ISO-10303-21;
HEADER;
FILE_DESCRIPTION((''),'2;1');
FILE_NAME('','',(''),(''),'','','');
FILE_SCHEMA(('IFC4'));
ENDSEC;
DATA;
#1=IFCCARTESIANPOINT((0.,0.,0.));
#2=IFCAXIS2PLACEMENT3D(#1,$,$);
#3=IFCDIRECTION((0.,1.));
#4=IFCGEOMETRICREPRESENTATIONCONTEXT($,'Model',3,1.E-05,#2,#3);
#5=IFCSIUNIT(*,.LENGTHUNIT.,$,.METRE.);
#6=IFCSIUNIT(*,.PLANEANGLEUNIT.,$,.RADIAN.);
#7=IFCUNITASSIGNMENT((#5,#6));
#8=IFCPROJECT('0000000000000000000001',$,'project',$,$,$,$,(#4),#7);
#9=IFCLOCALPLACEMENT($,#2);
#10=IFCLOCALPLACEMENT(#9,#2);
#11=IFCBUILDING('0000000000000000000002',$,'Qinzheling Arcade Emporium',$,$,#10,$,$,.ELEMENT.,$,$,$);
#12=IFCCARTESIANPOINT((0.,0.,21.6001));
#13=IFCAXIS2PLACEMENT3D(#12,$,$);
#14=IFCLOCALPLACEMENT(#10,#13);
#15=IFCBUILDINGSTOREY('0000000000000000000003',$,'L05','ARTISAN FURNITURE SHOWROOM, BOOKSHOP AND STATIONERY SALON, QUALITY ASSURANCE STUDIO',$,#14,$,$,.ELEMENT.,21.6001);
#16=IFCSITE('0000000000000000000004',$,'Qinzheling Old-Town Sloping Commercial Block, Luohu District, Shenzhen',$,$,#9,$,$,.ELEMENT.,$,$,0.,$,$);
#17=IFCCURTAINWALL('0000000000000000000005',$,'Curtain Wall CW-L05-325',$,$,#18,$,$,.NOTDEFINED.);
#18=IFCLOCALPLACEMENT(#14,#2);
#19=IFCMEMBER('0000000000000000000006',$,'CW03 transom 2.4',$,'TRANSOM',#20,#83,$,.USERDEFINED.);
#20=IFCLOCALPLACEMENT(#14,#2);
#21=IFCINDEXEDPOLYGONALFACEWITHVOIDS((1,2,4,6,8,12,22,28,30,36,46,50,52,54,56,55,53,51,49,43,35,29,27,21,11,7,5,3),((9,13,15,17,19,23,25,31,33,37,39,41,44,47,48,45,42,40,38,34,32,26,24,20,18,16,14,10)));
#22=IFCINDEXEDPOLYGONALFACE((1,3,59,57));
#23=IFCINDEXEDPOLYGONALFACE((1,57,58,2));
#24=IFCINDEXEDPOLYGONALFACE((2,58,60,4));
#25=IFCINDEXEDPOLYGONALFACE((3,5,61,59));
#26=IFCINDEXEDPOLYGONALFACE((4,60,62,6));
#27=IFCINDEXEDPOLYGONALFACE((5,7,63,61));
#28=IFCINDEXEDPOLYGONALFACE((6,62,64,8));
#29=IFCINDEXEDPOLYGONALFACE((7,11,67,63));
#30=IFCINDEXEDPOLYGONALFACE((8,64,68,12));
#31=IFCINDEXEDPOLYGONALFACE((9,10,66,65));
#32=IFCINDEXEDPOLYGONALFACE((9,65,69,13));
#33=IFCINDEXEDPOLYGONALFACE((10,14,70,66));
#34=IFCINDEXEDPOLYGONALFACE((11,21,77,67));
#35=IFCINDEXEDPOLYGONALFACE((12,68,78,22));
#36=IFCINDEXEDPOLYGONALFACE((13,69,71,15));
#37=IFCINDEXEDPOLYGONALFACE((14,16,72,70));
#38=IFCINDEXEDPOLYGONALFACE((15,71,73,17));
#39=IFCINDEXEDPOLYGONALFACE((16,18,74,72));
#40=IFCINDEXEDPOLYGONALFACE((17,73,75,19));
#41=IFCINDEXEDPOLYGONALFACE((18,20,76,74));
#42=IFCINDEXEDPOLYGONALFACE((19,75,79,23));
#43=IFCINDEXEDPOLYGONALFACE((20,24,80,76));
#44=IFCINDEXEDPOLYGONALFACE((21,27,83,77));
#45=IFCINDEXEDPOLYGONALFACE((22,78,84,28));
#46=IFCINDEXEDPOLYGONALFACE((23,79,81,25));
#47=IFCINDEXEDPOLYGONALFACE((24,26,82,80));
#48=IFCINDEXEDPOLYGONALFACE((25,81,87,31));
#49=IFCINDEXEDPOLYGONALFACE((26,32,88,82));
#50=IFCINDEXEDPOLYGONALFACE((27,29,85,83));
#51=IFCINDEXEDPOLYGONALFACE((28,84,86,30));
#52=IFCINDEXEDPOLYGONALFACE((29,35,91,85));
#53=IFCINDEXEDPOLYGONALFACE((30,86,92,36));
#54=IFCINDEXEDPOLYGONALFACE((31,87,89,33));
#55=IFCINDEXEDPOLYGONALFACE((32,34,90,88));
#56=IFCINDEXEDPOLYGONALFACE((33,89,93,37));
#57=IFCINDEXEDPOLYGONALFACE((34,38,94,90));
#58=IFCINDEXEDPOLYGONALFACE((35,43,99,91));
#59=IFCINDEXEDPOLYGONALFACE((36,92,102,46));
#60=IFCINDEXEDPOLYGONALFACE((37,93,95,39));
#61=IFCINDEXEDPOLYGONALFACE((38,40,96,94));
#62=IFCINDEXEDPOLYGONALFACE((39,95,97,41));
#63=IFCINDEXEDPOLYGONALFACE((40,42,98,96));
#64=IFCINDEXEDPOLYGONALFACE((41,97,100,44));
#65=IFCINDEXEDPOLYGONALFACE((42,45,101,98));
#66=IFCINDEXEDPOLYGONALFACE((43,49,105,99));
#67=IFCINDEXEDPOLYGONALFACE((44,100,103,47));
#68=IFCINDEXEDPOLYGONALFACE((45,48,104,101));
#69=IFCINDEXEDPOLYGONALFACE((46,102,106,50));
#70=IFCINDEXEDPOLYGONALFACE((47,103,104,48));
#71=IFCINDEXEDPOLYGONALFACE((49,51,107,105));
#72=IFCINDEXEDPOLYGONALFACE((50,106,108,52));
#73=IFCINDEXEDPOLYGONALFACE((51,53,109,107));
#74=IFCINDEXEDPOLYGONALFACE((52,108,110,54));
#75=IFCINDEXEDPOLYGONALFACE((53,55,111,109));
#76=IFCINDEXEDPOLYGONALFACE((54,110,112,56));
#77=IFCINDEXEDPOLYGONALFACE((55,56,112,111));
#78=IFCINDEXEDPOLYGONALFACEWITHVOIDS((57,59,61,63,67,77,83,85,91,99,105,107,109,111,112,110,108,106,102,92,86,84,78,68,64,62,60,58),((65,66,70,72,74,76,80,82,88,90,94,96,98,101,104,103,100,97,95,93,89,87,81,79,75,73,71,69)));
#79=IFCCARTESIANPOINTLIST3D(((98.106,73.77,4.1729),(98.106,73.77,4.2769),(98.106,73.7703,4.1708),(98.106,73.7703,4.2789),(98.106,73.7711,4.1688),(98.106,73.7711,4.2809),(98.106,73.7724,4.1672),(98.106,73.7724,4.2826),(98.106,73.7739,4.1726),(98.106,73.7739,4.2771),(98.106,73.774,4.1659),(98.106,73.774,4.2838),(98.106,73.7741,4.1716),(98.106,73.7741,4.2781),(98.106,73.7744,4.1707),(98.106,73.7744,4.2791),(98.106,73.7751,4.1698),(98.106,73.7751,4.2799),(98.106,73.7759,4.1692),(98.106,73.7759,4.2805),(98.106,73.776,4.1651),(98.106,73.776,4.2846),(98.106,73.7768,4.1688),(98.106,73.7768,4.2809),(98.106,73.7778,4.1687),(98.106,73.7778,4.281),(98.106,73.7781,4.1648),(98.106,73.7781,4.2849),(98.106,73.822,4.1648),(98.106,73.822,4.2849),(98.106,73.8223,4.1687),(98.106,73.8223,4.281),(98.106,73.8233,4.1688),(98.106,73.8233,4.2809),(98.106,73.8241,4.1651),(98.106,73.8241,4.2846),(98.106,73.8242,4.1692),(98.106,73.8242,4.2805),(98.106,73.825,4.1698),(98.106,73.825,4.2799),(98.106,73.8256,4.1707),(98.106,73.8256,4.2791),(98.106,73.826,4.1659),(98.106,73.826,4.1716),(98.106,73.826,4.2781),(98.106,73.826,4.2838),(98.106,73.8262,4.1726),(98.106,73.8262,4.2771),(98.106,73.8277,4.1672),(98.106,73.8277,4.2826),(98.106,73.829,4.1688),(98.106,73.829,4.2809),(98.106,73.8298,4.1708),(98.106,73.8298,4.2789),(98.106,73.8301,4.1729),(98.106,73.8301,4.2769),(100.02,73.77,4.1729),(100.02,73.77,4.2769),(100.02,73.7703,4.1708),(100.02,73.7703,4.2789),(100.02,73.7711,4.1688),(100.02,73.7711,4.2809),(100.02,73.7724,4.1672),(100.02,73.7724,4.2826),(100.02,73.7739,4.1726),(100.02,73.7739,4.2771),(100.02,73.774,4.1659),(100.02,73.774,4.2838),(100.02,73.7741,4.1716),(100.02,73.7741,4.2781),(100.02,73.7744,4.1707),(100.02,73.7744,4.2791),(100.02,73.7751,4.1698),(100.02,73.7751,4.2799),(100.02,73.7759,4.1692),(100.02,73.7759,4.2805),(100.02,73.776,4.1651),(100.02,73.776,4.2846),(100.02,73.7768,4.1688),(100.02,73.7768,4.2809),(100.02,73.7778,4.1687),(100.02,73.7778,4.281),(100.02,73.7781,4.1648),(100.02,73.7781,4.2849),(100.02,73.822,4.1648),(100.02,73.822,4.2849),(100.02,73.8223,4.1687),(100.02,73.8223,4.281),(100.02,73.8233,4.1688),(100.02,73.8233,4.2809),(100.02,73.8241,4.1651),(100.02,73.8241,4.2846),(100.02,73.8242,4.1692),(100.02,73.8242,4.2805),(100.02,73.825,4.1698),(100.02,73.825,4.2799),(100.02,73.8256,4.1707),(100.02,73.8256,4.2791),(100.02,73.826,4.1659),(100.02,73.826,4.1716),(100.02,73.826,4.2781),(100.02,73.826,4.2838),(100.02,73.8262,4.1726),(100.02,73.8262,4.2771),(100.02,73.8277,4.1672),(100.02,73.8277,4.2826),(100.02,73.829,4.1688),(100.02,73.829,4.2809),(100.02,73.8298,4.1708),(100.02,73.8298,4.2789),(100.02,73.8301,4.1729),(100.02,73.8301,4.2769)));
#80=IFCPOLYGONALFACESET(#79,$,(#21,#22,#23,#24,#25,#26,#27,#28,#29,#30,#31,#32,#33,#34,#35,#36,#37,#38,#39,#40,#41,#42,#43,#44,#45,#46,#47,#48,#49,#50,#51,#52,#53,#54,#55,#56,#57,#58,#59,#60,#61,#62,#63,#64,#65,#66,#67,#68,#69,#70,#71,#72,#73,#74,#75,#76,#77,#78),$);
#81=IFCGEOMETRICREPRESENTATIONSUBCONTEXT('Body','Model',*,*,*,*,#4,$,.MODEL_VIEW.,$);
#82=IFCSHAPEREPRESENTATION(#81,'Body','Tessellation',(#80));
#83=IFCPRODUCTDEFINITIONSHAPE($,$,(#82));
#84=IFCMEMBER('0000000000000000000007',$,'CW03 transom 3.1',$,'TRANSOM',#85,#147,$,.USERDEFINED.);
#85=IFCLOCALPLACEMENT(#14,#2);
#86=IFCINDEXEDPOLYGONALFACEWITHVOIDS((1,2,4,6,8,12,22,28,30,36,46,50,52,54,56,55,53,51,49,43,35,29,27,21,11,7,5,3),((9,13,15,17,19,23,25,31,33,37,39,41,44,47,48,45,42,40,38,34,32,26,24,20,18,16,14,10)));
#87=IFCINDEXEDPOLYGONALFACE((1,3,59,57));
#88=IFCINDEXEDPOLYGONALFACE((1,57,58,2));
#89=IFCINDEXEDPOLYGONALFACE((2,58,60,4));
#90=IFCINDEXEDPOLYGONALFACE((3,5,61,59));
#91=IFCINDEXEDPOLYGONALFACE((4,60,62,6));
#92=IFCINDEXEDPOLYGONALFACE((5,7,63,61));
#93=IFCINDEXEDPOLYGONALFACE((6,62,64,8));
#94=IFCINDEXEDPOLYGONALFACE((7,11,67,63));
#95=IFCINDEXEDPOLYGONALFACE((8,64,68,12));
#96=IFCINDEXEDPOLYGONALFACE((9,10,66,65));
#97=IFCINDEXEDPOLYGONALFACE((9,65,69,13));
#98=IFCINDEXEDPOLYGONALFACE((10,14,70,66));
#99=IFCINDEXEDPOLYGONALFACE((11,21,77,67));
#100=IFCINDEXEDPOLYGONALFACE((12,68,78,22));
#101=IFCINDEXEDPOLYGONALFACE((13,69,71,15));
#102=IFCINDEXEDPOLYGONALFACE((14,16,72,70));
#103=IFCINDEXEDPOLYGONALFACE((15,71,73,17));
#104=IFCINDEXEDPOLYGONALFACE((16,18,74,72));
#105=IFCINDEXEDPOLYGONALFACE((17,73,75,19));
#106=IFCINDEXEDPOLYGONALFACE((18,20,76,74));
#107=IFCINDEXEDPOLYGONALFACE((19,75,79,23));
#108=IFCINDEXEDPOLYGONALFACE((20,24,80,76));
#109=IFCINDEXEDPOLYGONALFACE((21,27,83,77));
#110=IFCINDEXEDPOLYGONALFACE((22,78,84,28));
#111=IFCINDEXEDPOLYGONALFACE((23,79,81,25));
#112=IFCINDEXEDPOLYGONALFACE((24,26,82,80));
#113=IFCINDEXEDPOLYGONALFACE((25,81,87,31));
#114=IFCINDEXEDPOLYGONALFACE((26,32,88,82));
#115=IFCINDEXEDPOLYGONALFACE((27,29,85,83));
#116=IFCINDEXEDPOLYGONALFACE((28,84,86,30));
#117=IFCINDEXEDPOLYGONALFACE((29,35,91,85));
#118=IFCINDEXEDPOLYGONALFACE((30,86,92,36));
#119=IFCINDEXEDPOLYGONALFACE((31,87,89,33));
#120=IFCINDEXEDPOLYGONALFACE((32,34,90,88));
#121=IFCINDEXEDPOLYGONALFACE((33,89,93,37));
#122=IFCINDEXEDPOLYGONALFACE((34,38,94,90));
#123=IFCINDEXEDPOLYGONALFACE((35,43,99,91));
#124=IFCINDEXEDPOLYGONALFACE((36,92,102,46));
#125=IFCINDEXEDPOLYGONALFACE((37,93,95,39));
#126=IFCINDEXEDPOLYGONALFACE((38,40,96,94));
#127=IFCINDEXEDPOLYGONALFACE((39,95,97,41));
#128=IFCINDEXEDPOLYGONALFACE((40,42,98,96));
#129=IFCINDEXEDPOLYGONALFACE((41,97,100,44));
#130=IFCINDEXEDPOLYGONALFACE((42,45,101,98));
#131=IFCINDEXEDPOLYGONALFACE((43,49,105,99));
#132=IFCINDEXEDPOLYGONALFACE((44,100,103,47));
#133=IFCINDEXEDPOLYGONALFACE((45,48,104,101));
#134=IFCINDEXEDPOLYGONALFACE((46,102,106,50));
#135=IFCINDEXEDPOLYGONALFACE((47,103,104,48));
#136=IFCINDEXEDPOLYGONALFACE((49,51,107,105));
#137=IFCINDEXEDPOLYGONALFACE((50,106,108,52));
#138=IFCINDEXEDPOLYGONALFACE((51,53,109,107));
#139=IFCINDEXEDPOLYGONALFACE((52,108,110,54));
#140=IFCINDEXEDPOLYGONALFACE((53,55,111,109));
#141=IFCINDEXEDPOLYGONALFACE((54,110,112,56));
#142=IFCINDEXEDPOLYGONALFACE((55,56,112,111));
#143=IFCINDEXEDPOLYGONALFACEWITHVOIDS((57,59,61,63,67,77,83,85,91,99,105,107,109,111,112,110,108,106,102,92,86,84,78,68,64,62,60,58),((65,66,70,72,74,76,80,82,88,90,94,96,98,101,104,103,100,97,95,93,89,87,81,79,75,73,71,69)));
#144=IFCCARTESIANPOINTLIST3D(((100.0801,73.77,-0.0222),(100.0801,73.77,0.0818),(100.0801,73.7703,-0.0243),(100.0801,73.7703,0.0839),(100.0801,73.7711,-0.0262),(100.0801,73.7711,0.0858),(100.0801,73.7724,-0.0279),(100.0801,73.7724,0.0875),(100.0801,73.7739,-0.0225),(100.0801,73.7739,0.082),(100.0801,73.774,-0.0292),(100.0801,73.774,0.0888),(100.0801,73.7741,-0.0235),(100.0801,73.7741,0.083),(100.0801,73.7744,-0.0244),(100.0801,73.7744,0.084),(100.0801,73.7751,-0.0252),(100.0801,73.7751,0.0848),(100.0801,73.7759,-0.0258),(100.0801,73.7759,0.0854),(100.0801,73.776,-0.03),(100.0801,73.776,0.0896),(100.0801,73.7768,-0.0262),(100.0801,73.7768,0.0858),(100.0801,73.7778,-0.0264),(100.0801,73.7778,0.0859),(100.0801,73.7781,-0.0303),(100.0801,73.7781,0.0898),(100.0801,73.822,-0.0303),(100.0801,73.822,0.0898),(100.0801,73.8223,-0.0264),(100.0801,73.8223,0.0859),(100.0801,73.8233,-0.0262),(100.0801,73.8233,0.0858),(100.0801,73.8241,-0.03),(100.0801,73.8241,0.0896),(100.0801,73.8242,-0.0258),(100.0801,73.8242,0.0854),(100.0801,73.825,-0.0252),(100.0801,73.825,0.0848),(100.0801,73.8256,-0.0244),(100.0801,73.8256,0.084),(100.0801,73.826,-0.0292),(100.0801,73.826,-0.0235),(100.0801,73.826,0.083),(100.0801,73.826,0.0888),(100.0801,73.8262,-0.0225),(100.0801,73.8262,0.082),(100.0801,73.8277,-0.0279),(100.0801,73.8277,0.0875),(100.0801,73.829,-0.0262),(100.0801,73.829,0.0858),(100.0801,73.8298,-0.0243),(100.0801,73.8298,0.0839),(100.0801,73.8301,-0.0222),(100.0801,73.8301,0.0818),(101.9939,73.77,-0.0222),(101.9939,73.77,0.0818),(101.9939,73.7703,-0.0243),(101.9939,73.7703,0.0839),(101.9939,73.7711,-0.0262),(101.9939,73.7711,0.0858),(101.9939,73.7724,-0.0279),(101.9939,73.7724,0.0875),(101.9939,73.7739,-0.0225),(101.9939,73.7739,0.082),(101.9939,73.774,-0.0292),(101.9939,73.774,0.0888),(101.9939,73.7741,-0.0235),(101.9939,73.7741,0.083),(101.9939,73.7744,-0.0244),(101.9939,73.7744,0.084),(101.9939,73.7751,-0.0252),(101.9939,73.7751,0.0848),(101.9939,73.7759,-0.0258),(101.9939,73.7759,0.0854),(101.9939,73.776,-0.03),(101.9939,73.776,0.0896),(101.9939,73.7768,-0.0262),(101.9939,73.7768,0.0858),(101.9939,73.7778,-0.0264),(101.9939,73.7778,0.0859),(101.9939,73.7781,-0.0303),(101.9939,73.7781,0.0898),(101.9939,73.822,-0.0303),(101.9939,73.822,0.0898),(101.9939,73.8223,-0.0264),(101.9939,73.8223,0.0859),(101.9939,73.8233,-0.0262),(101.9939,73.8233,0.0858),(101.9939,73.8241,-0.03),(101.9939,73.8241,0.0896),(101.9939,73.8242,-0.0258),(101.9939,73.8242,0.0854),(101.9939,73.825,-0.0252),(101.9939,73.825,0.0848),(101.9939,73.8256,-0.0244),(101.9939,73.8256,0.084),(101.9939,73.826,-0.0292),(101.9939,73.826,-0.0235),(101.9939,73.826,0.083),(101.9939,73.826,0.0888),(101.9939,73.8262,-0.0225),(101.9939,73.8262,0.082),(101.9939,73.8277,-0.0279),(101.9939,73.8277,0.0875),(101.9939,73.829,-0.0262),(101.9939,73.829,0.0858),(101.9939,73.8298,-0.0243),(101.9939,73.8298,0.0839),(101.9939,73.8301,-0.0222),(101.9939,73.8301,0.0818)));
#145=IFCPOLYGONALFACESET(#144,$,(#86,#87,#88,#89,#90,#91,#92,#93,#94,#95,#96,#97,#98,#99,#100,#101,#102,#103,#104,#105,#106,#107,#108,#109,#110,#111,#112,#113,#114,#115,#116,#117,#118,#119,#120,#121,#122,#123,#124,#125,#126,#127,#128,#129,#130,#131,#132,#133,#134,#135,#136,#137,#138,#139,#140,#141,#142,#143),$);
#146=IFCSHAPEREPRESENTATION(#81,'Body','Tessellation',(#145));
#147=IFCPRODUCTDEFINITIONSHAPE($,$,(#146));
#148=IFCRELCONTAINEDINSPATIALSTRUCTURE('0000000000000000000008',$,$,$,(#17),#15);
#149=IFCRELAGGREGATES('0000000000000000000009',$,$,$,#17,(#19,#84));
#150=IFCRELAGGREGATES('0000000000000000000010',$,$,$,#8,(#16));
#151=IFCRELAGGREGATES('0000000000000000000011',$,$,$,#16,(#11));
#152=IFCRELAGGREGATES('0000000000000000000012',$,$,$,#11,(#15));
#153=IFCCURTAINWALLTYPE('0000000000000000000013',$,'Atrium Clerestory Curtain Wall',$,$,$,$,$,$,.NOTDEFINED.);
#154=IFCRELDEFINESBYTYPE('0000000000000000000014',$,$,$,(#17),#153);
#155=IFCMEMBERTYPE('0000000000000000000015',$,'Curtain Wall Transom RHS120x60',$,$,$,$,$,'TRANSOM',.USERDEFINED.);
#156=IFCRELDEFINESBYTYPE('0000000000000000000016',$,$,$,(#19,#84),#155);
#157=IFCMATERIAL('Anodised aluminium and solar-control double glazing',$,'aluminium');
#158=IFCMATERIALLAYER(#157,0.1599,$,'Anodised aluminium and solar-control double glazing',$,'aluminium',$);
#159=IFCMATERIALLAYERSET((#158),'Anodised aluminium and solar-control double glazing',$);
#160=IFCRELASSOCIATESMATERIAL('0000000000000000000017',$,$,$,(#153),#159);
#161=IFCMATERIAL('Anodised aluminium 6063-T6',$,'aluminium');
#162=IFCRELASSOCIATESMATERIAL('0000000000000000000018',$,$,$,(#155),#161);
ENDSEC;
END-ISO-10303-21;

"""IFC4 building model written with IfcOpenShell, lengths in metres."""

from ifc_helpers import new_model, si_unit, direction, frame, origin, origin_2d, place, context, subcontext, project, spatial, hollow_rectangle, extrude, material, layer, layer_set, material_profile, profile_set, type_object, element, aggregate, save


model = new_model("IFC4")

# Units and contexts
model_context = context("Model", 3, precision=1e-05, world=origin(), true_north=direction((0.0, 1.0)))
body_context = subcontext(model_context, "Body", "Model", "MODEL_VIEW")
ifc_project = project(units=[si_unit("LENGTHUNIT", "METRE"), si_unit("PLANEANGLEUNIT", "RADIAN")], contexts=[model_context])

# Site, building, storey
site_placement = place(None, origin())
site = spatial("IfcSite", under=ifc_project, at=site_placement, Name="Qinzheling Old-Town Sloping Commercial Block, Luohu District, Shenzhen", CompositionType="ELEMENT", RefElevation=0.0)
building_placement = place(site_placement, origin())
building = spatial("IfcBuilding", under=site, at=building_placement, Name="Qinzheling Arcade Emporium", CompositionType="ELEMENT")
storey_placement = place(building_placement, frame((0.0, 0.0, 21.6001)))
storey = spatial("IfcBuildingStorey", under=building, at=storey_placement, Name="L05", Description="ARTISAN FURNITURE SHOWROOM, BOOKSHOP AND STATIONERY SALON, QUALITY ASSURANCE STUDIO", CompositionType="ELEMENT", Elevation=21.6001)

# Shared definitions
ifc_material_1 = material(Name="Anodised aluminium and solar-control double glazing", Category="aluminium")
ifc_layer_1 = layer(ifc_material_1, 0.1599, Name="Anodised aluminium and solar-control double glazing", Category="aluminium")
ifc_layer_set_1 = layer_set([ifc_layer_1], Name="Anodised aluminium and solar-control double glazing")
curtain_wall_type = type_object("IfcCurtainWallType", Name="Atrium Clerestory Curtain Wall", PredefinedType="NOTDEFINED", material=ifc_layer_set_1)
ifc_material_2 = material(Name="Anodised aluminium 6063-T6", Category="aluminium")

# Curtain wall, members
curtain_wall_1_placement = place(storey_placement, origin())
curtain_wall_1 = element("IfcCurtainWall", 1, at=curtain_wall_1_placement, inside=storey, type_object=curtain_wall_type, Name="Curtain Wall CW-L05-325", PredefinedType="NOTDEFINED")
ifc_material_profile_1 = material_profile(ifc_material_2, hollow_rectangle(XDim=0.0601, YDim=0.1201, WallThickness=0.0039, InnerFilletRadius=0.0039, OuterFilletRadius=0.0081, at=origin_2d()), Name="RHS 120x60x4", Category="aluminium")
ifc_profile_set_1 = profile_set([ifc_material_profile_1], Name="Anodised aluminium 6063-T6")
member_type_1 = type_object("IfcMemberType", Name="Curtain Wall Transom RHS120x60", ElementType="TRANSOM", PredefinedType="USERDEFINED", material=ifc_profile_set_1)
member_1_placement = place(storey_placement, frame((98.106, 73.8, 4.2249), z_axis=(1.0, 0.0, 0.0), x_axis=(0.0, 1.0, 0.0)))
member_1 = element("IfcMember", 2, at=member_1_placement, type_object=member_type_1, Name="CW03 transom 2.4", ObjectType="TRANSOM", PredefinedType="USERDEFINED", context=body_context, shape_type="SweptSolid", body=[
    extrude(hollow_rectangle(XDim=0.0601, YDim=0.1201, WallThickness=0.0039, InnerFilletRadius=0.0039, OuterFilletRadius=0.0081, at=origin_2d()), origin(), (0.0, 0.0, 1.0), 1.9141),
])
member_2_placement = place(storey_placement, frame((100.0801, 73.8, 0.0298), z_axis=(1.0, 0.0, 0.0), x_axis=(0.0, 1.0, 0.0)))
member_2 = element("IfcMember", 3, at=member_2_placement, type_object=member_type_1, Name="CW03 transom 3.1", ObjectType="TRANSOM", PredefinedType="USERDEFINED", context=body_context, shape_type="SweptSolid", body=[
    extrude(hollow_rectangle(XDim=0.0601, YDim=0.1201, WallThickness=0.0039, InnerFilletRadius=0.0039, OuterFilletRadius=0.0081, at=origin_2d()), origin(), (0.0, 0.0, 1.0), 1.9138),
])

aggregate(curtain_wall_1, [member_1, member_2])

save(model, "model.ifc")
